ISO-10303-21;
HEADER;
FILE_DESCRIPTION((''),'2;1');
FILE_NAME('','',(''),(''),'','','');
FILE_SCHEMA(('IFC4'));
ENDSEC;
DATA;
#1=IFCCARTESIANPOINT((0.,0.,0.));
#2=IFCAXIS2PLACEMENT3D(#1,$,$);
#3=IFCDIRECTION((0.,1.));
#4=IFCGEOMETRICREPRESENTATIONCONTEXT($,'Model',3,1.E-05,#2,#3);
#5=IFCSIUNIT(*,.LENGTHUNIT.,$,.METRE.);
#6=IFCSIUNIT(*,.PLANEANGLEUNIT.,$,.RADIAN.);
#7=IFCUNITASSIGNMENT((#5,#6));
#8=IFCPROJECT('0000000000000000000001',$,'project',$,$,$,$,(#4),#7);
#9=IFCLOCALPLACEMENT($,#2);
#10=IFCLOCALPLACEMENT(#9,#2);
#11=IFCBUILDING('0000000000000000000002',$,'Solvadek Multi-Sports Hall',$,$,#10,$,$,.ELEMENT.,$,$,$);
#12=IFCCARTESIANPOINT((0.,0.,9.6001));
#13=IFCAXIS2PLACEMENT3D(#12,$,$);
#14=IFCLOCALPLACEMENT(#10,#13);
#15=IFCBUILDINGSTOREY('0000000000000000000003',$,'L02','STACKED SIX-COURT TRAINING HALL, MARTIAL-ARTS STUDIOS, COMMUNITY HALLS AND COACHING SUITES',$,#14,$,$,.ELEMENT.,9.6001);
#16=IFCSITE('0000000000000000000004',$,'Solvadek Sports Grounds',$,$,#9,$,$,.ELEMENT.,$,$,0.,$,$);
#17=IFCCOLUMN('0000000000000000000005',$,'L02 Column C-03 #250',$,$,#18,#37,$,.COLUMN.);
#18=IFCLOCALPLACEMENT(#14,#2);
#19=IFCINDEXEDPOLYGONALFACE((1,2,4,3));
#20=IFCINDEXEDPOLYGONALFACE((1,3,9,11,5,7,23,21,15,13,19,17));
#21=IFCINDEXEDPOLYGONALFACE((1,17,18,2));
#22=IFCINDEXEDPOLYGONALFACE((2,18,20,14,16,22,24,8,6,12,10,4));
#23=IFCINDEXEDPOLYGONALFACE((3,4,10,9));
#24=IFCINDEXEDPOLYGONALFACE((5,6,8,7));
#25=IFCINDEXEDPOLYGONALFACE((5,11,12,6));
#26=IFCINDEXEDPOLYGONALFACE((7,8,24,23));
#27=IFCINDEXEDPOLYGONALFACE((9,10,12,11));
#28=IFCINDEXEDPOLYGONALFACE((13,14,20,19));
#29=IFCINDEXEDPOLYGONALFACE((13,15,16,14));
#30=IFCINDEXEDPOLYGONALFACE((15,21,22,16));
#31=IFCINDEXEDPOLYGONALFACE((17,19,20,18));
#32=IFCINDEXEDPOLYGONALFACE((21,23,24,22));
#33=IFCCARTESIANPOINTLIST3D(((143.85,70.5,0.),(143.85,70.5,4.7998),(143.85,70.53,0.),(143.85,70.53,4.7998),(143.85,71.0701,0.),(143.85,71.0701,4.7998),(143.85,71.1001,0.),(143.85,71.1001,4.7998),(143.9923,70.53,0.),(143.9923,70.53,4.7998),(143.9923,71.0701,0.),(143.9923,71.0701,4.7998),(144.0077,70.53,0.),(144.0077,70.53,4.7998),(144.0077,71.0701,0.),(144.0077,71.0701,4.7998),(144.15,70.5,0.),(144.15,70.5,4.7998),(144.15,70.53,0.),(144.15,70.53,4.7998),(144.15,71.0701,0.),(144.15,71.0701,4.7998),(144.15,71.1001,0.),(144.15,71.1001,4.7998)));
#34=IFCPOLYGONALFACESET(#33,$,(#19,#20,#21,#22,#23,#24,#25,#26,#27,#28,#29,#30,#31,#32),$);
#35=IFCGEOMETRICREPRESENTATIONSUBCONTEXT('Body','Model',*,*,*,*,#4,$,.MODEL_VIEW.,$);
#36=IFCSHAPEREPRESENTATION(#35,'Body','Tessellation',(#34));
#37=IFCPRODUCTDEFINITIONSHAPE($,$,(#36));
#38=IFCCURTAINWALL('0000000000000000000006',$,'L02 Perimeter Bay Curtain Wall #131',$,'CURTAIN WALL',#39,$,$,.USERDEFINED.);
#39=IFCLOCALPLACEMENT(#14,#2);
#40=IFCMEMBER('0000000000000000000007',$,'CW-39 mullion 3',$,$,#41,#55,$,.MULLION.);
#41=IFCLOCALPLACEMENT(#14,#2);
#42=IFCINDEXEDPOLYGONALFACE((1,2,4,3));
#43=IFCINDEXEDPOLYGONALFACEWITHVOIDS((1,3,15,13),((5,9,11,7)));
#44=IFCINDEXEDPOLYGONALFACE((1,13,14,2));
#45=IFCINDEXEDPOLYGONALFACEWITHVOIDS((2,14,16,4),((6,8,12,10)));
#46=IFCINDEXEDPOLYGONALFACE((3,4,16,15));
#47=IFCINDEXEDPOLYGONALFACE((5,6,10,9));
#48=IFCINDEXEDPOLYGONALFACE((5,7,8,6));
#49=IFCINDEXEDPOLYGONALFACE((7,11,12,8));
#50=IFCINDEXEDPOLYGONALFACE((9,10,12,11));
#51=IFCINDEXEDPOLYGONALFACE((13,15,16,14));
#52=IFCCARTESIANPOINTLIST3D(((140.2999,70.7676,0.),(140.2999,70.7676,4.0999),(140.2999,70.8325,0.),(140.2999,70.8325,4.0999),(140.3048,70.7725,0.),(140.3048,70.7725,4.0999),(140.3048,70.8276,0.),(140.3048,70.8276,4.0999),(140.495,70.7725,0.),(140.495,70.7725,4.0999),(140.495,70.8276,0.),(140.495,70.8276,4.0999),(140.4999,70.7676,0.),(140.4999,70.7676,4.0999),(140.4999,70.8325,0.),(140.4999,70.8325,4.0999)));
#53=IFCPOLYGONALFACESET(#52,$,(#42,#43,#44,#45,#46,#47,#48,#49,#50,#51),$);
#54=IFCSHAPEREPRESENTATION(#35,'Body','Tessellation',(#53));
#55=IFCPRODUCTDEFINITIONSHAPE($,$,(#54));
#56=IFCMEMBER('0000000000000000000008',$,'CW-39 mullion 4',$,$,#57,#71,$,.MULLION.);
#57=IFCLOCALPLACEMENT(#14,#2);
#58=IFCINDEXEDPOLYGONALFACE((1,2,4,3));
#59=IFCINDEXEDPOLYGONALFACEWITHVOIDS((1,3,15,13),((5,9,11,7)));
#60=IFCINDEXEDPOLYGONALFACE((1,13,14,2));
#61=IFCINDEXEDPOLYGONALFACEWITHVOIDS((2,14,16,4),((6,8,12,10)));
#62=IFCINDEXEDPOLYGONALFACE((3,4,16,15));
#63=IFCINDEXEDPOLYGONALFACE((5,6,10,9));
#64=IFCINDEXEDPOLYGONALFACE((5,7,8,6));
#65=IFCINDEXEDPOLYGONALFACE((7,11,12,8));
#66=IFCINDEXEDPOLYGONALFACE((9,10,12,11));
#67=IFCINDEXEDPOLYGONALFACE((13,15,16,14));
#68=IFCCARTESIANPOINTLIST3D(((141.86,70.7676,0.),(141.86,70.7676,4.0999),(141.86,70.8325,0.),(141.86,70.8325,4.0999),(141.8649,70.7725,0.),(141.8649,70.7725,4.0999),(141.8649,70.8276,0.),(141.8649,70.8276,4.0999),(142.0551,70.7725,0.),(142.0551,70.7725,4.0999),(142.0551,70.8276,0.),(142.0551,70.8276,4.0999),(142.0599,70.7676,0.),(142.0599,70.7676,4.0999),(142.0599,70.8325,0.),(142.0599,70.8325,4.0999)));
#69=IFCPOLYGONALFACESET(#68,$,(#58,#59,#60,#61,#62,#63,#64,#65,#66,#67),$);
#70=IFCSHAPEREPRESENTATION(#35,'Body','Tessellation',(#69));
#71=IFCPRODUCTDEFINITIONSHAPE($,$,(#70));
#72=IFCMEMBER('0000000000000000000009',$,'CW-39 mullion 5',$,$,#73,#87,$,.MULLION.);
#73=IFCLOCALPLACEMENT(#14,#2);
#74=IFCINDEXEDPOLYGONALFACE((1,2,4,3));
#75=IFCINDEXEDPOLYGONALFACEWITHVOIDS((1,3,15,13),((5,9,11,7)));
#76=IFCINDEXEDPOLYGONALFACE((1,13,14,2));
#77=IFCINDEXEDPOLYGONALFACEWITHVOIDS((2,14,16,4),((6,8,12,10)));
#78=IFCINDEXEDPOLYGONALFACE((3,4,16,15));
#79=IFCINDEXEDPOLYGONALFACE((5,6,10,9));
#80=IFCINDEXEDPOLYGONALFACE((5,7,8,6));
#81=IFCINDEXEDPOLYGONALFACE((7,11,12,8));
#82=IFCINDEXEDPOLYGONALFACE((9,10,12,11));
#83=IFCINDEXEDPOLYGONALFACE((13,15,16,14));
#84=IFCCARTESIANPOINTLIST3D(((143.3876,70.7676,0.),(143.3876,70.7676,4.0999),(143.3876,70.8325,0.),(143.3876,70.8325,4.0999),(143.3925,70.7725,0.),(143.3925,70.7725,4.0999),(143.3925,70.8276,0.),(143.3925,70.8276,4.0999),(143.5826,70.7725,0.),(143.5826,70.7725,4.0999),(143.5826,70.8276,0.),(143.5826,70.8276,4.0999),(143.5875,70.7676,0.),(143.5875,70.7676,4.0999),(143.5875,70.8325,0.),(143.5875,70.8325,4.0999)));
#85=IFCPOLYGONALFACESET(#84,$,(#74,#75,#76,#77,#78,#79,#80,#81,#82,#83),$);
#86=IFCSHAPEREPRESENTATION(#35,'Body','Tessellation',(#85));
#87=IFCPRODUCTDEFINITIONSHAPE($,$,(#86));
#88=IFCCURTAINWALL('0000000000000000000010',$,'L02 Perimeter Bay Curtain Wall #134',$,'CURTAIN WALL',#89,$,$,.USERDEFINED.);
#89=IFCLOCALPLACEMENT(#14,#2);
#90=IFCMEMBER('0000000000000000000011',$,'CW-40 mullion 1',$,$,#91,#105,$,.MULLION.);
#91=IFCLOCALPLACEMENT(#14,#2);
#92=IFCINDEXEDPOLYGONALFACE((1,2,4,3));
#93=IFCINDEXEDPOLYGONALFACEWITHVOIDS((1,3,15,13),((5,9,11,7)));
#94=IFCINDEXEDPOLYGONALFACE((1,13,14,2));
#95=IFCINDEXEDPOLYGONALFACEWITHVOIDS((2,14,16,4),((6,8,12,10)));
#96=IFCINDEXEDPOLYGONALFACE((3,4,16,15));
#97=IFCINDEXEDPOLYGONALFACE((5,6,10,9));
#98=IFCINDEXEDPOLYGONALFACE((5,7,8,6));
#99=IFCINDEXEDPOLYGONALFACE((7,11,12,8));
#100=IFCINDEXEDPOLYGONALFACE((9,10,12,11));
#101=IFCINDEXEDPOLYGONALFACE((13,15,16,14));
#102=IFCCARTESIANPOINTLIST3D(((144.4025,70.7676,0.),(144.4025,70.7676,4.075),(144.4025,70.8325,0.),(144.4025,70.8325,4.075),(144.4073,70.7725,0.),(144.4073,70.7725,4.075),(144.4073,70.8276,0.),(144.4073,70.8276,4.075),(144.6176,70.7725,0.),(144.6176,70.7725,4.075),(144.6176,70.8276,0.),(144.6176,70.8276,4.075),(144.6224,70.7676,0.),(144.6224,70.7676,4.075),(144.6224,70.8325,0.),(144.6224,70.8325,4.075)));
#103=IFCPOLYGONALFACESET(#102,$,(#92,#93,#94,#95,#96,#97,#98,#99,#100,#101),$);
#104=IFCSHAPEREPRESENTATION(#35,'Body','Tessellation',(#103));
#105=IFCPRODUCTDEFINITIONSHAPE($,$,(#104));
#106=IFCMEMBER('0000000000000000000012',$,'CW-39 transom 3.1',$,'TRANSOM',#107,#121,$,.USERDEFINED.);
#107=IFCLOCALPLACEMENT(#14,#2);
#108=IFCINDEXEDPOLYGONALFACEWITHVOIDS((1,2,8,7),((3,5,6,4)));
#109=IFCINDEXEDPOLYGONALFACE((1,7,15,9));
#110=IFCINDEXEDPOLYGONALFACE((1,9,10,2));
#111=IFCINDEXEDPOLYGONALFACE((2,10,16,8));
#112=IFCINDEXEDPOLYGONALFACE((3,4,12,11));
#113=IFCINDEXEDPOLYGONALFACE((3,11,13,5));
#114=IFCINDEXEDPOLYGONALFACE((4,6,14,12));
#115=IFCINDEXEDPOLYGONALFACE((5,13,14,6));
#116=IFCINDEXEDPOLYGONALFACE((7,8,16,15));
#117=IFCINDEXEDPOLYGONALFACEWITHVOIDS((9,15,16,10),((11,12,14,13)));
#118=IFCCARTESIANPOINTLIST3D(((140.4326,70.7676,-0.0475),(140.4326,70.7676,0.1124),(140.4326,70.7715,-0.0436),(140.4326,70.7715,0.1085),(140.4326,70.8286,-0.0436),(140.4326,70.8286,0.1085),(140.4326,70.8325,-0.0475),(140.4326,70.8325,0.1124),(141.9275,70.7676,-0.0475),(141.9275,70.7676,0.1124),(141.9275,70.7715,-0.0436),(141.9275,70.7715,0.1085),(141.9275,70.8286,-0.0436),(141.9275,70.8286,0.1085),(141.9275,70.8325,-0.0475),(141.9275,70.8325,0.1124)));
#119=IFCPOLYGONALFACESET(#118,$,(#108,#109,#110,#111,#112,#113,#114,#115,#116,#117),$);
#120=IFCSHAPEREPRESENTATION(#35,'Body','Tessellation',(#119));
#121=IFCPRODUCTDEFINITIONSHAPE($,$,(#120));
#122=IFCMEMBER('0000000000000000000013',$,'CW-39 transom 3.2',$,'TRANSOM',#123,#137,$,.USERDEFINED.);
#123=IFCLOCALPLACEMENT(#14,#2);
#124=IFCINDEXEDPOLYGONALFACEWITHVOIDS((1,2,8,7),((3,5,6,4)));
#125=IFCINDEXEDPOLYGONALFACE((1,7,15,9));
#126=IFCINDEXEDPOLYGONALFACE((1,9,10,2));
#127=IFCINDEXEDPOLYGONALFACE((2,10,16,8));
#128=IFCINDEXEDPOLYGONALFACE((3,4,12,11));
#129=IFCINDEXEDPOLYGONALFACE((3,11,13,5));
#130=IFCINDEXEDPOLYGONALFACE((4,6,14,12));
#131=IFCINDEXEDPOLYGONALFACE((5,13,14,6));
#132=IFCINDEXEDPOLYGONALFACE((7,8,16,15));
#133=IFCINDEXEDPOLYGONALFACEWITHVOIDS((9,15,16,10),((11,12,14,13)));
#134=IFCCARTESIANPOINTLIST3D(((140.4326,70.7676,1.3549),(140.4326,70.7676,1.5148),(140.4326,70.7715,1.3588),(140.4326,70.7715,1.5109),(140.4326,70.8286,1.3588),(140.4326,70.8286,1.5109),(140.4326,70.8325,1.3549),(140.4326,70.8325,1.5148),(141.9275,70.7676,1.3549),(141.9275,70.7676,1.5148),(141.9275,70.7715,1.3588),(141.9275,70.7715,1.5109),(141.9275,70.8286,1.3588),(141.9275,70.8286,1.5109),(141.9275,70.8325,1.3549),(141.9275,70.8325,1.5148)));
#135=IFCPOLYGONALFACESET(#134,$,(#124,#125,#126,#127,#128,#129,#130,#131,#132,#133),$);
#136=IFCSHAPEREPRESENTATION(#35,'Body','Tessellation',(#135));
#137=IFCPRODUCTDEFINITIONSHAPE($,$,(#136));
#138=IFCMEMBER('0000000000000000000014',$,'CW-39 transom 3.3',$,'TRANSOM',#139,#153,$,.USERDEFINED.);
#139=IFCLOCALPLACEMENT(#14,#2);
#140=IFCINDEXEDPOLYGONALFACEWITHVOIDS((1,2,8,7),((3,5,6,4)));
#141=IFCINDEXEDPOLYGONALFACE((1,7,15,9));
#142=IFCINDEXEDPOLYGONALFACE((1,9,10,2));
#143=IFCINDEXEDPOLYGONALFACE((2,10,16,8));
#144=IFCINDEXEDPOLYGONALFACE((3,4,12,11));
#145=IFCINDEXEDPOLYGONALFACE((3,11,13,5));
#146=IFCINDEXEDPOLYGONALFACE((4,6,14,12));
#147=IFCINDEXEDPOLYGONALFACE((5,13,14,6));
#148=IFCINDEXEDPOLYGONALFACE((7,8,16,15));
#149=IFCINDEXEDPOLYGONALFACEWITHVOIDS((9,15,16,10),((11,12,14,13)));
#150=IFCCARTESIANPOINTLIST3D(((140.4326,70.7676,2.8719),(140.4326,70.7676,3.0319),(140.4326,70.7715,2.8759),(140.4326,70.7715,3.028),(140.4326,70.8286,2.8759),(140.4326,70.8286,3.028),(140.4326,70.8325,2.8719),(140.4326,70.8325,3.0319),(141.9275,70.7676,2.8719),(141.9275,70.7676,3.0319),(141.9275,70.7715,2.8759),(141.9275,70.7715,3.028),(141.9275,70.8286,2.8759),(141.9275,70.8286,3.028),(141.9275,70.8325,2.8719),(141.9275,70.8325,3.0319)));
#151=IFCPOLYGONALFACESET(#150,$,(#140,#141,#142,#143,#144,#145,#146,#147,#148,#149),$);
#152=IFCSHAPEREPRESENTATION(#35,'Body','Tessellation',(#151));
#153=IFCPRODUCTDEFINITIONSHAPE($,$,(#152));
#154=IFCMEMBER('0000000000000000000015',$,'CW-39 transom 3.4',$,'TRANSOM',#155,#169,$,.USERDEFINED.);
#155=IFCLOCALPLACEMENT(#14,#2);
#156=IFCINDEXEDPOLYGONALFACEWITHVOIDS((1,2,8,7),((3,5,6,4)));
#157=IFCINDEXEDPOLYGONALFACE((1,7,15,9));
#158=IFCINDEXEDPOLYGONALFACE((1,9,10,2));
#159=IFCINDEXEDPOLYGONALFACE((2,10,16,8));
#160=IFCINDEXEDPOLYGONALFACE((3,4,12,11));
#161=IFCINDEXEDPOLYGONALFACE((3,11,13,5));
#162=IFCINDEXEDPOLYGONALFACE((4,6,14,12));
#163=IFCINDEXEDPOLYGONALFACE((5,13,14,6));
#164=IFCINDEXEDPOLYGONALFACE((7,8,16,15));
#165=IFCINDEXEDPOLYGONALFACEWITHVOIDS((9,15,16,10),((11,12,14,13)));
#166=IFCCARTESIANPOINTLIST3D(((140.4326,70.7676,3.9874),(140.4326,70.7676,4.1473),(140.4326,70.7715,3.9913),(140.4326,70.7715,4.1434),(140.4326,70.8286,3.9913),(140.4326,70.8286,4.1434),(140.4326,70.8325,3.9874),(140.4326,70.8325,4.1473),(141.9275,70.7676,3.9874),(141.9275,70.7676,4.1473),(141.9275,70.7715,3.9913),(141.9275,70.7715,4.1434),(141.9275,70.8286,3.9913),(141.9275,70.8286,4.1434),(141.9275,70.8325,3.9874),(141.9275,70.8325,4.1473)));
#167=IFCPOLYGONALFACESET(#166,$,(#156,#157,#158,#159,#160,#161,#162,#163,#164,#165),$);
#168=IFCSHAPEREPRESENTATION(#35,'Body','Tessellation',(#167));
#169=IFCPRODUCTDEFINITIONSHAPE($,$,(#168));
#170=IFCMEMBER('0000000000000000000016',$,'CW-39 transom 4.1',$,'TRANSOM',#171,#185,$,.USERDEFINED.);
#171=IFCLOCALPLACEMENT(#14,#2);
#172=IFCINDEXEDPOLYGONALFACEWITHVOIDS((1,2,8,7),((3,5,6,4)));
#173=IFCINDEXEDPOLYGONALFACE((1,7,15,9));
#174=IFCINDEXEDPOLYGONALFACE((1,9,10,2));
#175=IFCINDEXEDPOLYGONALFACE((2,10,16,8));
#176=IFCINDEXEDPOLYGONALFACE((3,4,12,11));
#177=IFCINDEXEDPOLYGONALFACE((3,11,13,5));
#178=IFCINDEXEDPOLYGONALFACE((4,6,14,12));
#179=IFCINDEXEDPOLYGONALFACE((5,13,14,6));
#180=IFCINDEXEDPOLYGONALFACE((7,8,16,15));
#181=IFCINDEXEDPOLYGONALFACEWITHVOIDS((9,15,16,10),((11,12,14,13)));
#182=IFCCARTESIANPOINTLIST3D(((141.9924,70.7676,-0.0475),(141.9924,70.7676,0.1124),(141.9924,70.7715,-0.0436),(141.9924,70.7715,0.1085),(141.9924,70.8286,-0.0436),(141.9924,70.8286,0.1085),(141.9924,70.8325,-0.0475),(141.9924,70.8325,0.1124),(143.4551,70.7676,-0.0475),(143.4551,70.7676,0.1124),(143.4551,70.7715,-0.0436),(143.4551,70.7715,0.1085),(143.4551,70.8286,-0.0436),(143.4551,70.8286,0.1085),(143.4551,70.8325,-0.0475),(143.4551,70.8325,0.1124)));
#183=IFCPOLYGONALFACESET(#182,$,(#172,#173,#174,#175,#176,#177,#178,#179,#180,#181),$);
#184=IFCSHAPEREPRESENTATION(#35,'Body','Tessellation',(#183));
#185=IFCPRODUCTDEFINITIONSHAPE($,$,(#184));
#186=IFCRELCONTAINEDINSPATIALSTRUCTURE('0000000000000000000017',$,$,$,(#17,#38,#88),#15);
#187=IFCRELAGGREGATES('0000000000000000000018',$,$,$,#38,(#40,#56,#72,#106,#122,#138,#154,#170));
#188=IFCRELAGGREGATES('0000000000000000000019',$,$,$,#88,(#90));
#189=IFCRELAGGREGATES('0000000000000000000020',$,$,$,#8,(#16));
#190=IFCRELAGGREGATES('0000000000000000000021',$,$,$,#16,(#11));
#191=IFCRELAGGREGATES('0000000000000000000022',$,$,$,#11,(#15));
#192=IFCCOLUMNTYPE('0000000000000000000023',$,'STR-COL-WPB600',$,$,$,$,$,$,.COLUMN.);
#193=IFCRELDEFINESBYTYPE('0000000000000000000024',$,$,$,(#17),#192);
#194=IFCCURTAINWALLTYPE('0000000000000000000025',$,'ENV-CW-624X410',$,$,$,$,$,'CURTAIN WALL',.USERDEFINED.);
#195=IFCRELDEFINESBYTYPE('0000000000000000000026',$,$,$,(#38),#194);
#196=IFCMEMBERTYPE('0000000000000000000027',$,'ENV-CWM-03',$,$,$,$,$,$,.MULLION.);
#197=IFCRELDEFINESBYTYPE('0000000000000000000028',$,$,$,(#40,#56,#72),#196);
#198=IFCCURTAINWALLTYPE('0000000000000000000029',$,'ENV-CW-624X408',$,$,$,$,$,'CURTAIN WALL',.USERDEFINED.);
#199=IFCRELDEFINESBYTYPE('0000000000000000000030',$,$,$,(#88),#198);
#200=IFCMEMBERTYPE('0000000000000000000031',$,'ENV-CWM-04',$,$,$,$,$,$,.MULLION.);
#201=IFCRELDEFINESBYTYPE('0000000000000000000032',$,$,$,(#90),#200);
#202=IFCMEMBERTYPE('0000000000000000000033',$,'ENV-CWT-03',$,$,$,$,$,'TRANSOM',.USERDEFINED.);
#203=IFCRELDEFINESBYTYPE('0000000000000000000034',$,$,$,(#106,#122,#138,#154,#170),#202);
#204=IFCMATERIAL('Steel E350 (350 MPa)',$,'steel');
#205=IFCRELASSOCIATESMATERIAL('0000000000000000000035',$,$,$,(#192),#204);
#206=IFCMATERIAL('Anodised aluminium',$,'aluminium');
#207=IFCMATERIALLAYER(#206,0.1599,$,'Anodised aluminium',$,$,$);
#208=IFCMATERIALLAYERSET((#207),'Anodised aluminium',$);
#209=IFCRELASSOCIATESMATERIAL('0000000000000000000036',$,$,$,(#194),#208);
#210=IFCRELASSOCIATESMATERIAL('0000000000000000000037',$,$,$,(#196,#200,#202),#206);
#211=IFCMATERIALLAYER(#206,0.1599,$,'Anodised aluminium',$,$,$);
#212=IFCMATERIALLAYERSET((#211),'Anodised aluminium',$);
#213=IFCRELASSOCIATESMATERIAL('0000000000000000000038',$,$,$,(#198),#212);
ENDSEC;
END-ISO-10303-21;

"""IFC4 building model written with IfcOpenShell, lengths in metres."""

from ifc_helpers import new_model, si_unit, direction, frame, origin, origin_2d, place, context, subcontext, project, spatial, hollow_rectangle, i_section, extrude, material, layer, layer_set, material_profile, profile_set, type_object, element, aggregate, save


model = new_model("IFC4")

# Units and contexts
model_context = context("Model", 3, precision=1e-05, world=origin(), true_north=direction((0.0, 1.0)))
body_context = subcontext(model_context, "Body", "Model", "MODEL_VIEW")
ifc_project = project(units=[si_unit("LENGTHUNIT", "METRE"), si_unit("PLANEANGLEUNIT", "RADIAN")], contexts=[model_context])

# Site, building, storey
site_placement = place(None, origin())
site = spatial("IfcSite", under=ifc_project, at=site_placement, Name="Solvadek Sports Grounds", CompositionType="ELEMENT", RefElevation=0.0)
building_placement = place(site_placement, origin())
building = spatial("IfcBuilding", under=site, at=building_placement, Name="Solvadek Multi-Sports Hall", CompositionType="ELEMENT")
storey_placement = place(building_placement, frame((0.0, 0.0, 9.6001)))
storey = spatial("IfcBuildingStorey", under=building, at=storey_placement, Name="L02", Description="STACKED SIX-COURT TRAINING HALL, MARTIAL-ARTS STUDIOS, COMMUNITY HALLS AND COACHING SUITES", CompositionType="ELEMENT", Elevation=9.6001)

# Column
ifc_material_1 = material(Name="Steel E350 (350 MPa)", Category="steel")
ifc_material_profile_1 = material_profile(ifc_material_1, i_section(OverallWidth=0.3, OverallDepth=0.6001, WebThickness=0.0154, FlangeThickness=0.03, at=origin_2d()), Name="WPB 600")
ifc_profile_set_1 = profile_set([ifc_material_profile_1], Name="Steel E350 (350 MPa)")
column_type = type_object("IfcColumnType", Name="STR-COL-WPB600", PredefinedType="COLUMN", material=ifc_profile_set_1)
column_placement = place(storey_placement, frame((144.0, 70.8, 0.0), z_axis=(0.0, 0.0, 1.0), x_axis=(1.0, 0.0, 0.0)))
element("IfcColumn", 1, at=column_placement, inside=storey, type_object=column_type, Name="L02 Column C-03 #250", PredefinedType="COLUMN", context=body_context, shape_type="SweptSolid", body=[
    extrude(i_section(OverallWidth=0.3, OverallDepth=0.6001, WebThickness=0.0154, FlangeThickness=0.03, at=origin_2d()), origin(), (0.0, 0.0, 1.0), 4.7998),
])

# Curtain wall, members
ifc_material_2 = material(Name="Anodised aluminium", Category="aluminium")
ifc_layer_1 = layer(ifc_material_2, 0.1599, Name="Anodised aluminium")
ifc_layer_set_1 = layer_set([ifc_layer_1], Name="Anodised aluminium")
curtain_wall_type_1 = type_object("IfcCurtainWallType", Name="ENV-CW-624X410", ElementType="CURTAIN WALL", PredefinedType="USERDEFINED", material=ifc_layer_set_1)
curtain_wall_1_placement = place(storey_placement, origin())
curtain_wall_1 = element("IfcCurtainWall", 2, at=curtain_wall_1_placement, inside=storey, type_object=curtain_wall_type_1, Name="L02 Perimeter Bay Curtain Wall #131", ObjectType="CURTAIN WALL", PredefinedType="USERDEFINED")
ifc_material_profile_2 = material_profile(ifc_material_2, hollow_rectangle(XDim=0.0649, YDim=0.2, WallThickness=0.0049, at=origin_2d()), Name="ALU-M 200x65x5")
ifc_profile_set_2 = profile_set([ifc_material_profile_2], Name="Anodised aluminium")
member_type_1 = type_object("IfcMemberType", Name="ENV-CWM-03", PredefinedType="MULLION", material=ifc_profile_set_2)
member_1_placement = place(storey_placement, frame((140.3999, 70.8, 0.0), z_axis=(0.0, 0.0, 1.0), x_axis=(0.0, 1.0, 0.0)))
member_1 = element("IfcMember", 3, at=member_1_placement, type_object=member_type_1, Name="CW-39 mullion 3", PredefinedType="MULLION", context=body_context, shape_type="SweptSolid", body=[
    extrude(hollow_rectangle(XDim=0.0649, YDim=0.2, WallThickness=0.0049, at=origin_2d()), origin(), (0.0, 0.0, 1.0), 4.0999),
])
member_2_placement = place(storey_placement, frame((141.96, 70.8, 0.0), z_axis=(0.0, 0.0, 1.0), x_axis=(0.0, 1.0, 0.0)))
member_2 = element("IfcMember", 4, at=member_2_placement, type_object=member_type_1, Name="CW-39 mullion 4", PredefinedType="MULLION", context=body_context, shape_type="SweptSolid", body=[
    extrude(hollow_rectangle(XDim=0.0649, YDim=0.2, WallThickness=0.0049, at=origin_2d()), origin(), (0.0, 0.0, 1.0), 4.0999),
])
member_3_placement = place(storey_placement, frame((143.4875, 70.8, 0.0), z_axis=(0.0, 0.0, 1.0), x_axis=(0.0, 1.0, 0.0)))
member_3 = element("IfcMember", 5, at=member_3_placement, type_object=member_type_1, Name="CW-39 mullion 5", PredefinedType="MULLION", context=body_context, shape_type="SweptSolid", body=[
    extrude(hollow_rectangle(XDim=0.0649, YDim=0.2, WallThickness=0.0049, at=origin_2d()), origin(), (0.0, 0.0, 1.0), 4.0999),
])

# Curtain wall, member
ifc_layer_2 = layer(ifc_material_2, 0.1599, Name="Anodised aluminium")
ifc_layer_set_2 = layer_set([ifc_layer_2], Name="Anodised aluminium")
curtain_wall_type_2 = type_object("IfcCurtainWallType", Name="ENV-CW-624X408", ElementType="CURTAIN WALL", PredefinedType="USERDEFINED", material=ifc_layer_set_2)
curtain_wall_2_placement = place(storey_placement, origin())
curtain_wall_2 = element("IfcCurtainWall", 6, at=curtain_wall_2_placement, inside=storey, type_object=curtain_wall_type_2, Name="L02 Perimeter Bay Curtain Wall #134", ObjectType="CURTAIN WALL", PredefinedType="USERDEFINED")
ifc_material_profile_3 = material_profile(ifc_material_2, hollow_rectangle(XDim=0.0649, YDim=0.22, WallThickness=0.0049, at=origin_2d()), Name="ALU-M 220x65x5")
ifc_profile_set_3 = profile_set([ifc_material_profile_3], Name="Anodised aluminium")
member_type_2 = type_object("IfcMemberType", Name="ENV-CWM-04", PredefinedType="MULLION", material=ifc_profile_set_3)
member_4_placement = place(storey_placement, frame((144.5125, 70.8, 0.0), z_axis=(0.0, 0.0, 1.0), x_axis=(0.0, 1.0, 0.0)))
member_4 = element("IfcMember", 7, at=member_4_placement, type_object=member_type_2, Name="CW-40 mullion 1", PredefinedType="MULLION", context=body_context, shape_type="SweptSolid", body=[
    extrude(hollow_rectangle(XDim=0.0649, YDim=0.22, WallThickness=0.0049, at=origin_2d()), origin(), (0.0, 0.0, 1.0), 4.075),
])

# Members
ifc_material_profile_4 = material_profile(ifc_material_2, hollow_rectangle(XDim=0.0649, YDim=0.1599, WallThickness=0.0039, at=origin_2d()), Name="ALU-T 160x65x4")
ifc_profile_set_4 = profile_set([ifc_material_profile_4], Name="Anodised aluminium")
member_type_3 = type_object("IfcMemberType", Name="ENV-CWT-03", ElementType="TRANSOM", PredefinedType="USERDEFINED", material=ifc_profile_set_4)
member_5_placement = place(storey_placement, frame((140.4326, 70.8, 0.0325), z_axis=(1.0, 0.0, 0.0), x_axis=(0.0, 1.0, 0.0)))
member_5 = element("IfcMember", 8, at=member_5_placement, type_object=member_type_3, Name="CW-39 transom 3.1", ObjectType="TRANSOM", PredefinedType="USERDEFINED", context=body_context, shape_type="SweptSolid", body=[
    extrude(hollow_rectangle(XDim=0.0649, YDim=0.1599, WallThickness=0.0039, at=origin_2d()), origin(), (0.0, 0.0, 1.0), 1.4949),
])
member_6_placement = place(storey_placement, frame((140.4326, 70.8, 1.4348), z_axis=(1.0, 0.0, 0.0), x_axis=(0.0, 1.0, 0.0)))
member_6 = element("IfcMember", 9, at=member_6_placement, type_object=member_type_3, Name="CW-39 transom 3.2", ObjectType="TRANSOM", PredefinedType="USERDEFINED", context=body_context, shape_type="SweptSolid", body=[
    extrude(hollow_rectangle(XDim=0.0649, YDim=0.1599, WallThickness=0.0039, at=origin_2d()), origin(), (0.0, 0.0, 1.0), 1.4949),
])
member_7_placement = place(storey_placement, frame((140.4326, 70.8, 2.9519), z_axis=(1.0, 0.0, 0.0), x_axis=(0.0, 1.0, 0.0)))
member_7 = element("IfcMember", 10, at=member_7_placement, type_object=member_type_3, Name="CW-39 transom 3.3", ObjectType="TRANSOM", PredefinedType="USERDEFINED", context=body_context, shape_type="SweptSolid", body=[
    extrude(hollow_rectangle(XDim=0.0649, YDim=0.1599, WallThickness=0.0039, at=origin_2d()), origin(), (0.0, 0.0, 1.0), 1.4949),
])
member_8_placement = place(storey_placement, frame((140.4326, 70.8, 4.0674), z_axis=(1.0, 0.0, 0.0), x_axis=(0.0, 1.0, 0.0)))
member_8 = element("IfcMember", 11, at=member_8_placement, type_object=member_type_3, Name="CW-39 transom 3.4", ObjectType="TRANSOM", PredefinedType="USERDEFINED", context=body_context, shape_type="SweptSolid", body=[
    extrude(hollow_rectangle(XDim=0.0649, YDim=0.1599, WallThickness=0.0039, at=origin_2d()), origin(), (0.0, 0.0, 1.0), 1.4949),
])
member_9_placement = place(storey_placement, frame((141.9924, 70.8, 0.0325), z_axis=(1.0, 0.0, 0.0), x_axis=(0.0, 1.0, 0.0)))
member_9 = element("IfcMember", 12, at=member_9_placement, type_object=member_type_3, Name="CW-39 transom 4.1", ObjectType="TRANSOM", PredefinedType="USERDEFINED", context=body_context, shape_type="SweptSolid", body=[
    extrude(hollow_rectangle(XDim=0.0649, YDim=0.1599, WallThickness=0.0039, at=origin_2d()), origin(), (0.0, 0.0, 1.0), 1.4626),
])

aggregate(curtain_wall_1, [member_1, member_2, member_3, member_5, member_6, member_7, member_8, member_9])
aggregate(curtain_wall_2, [member_4])

save(model, "model.ifc")
